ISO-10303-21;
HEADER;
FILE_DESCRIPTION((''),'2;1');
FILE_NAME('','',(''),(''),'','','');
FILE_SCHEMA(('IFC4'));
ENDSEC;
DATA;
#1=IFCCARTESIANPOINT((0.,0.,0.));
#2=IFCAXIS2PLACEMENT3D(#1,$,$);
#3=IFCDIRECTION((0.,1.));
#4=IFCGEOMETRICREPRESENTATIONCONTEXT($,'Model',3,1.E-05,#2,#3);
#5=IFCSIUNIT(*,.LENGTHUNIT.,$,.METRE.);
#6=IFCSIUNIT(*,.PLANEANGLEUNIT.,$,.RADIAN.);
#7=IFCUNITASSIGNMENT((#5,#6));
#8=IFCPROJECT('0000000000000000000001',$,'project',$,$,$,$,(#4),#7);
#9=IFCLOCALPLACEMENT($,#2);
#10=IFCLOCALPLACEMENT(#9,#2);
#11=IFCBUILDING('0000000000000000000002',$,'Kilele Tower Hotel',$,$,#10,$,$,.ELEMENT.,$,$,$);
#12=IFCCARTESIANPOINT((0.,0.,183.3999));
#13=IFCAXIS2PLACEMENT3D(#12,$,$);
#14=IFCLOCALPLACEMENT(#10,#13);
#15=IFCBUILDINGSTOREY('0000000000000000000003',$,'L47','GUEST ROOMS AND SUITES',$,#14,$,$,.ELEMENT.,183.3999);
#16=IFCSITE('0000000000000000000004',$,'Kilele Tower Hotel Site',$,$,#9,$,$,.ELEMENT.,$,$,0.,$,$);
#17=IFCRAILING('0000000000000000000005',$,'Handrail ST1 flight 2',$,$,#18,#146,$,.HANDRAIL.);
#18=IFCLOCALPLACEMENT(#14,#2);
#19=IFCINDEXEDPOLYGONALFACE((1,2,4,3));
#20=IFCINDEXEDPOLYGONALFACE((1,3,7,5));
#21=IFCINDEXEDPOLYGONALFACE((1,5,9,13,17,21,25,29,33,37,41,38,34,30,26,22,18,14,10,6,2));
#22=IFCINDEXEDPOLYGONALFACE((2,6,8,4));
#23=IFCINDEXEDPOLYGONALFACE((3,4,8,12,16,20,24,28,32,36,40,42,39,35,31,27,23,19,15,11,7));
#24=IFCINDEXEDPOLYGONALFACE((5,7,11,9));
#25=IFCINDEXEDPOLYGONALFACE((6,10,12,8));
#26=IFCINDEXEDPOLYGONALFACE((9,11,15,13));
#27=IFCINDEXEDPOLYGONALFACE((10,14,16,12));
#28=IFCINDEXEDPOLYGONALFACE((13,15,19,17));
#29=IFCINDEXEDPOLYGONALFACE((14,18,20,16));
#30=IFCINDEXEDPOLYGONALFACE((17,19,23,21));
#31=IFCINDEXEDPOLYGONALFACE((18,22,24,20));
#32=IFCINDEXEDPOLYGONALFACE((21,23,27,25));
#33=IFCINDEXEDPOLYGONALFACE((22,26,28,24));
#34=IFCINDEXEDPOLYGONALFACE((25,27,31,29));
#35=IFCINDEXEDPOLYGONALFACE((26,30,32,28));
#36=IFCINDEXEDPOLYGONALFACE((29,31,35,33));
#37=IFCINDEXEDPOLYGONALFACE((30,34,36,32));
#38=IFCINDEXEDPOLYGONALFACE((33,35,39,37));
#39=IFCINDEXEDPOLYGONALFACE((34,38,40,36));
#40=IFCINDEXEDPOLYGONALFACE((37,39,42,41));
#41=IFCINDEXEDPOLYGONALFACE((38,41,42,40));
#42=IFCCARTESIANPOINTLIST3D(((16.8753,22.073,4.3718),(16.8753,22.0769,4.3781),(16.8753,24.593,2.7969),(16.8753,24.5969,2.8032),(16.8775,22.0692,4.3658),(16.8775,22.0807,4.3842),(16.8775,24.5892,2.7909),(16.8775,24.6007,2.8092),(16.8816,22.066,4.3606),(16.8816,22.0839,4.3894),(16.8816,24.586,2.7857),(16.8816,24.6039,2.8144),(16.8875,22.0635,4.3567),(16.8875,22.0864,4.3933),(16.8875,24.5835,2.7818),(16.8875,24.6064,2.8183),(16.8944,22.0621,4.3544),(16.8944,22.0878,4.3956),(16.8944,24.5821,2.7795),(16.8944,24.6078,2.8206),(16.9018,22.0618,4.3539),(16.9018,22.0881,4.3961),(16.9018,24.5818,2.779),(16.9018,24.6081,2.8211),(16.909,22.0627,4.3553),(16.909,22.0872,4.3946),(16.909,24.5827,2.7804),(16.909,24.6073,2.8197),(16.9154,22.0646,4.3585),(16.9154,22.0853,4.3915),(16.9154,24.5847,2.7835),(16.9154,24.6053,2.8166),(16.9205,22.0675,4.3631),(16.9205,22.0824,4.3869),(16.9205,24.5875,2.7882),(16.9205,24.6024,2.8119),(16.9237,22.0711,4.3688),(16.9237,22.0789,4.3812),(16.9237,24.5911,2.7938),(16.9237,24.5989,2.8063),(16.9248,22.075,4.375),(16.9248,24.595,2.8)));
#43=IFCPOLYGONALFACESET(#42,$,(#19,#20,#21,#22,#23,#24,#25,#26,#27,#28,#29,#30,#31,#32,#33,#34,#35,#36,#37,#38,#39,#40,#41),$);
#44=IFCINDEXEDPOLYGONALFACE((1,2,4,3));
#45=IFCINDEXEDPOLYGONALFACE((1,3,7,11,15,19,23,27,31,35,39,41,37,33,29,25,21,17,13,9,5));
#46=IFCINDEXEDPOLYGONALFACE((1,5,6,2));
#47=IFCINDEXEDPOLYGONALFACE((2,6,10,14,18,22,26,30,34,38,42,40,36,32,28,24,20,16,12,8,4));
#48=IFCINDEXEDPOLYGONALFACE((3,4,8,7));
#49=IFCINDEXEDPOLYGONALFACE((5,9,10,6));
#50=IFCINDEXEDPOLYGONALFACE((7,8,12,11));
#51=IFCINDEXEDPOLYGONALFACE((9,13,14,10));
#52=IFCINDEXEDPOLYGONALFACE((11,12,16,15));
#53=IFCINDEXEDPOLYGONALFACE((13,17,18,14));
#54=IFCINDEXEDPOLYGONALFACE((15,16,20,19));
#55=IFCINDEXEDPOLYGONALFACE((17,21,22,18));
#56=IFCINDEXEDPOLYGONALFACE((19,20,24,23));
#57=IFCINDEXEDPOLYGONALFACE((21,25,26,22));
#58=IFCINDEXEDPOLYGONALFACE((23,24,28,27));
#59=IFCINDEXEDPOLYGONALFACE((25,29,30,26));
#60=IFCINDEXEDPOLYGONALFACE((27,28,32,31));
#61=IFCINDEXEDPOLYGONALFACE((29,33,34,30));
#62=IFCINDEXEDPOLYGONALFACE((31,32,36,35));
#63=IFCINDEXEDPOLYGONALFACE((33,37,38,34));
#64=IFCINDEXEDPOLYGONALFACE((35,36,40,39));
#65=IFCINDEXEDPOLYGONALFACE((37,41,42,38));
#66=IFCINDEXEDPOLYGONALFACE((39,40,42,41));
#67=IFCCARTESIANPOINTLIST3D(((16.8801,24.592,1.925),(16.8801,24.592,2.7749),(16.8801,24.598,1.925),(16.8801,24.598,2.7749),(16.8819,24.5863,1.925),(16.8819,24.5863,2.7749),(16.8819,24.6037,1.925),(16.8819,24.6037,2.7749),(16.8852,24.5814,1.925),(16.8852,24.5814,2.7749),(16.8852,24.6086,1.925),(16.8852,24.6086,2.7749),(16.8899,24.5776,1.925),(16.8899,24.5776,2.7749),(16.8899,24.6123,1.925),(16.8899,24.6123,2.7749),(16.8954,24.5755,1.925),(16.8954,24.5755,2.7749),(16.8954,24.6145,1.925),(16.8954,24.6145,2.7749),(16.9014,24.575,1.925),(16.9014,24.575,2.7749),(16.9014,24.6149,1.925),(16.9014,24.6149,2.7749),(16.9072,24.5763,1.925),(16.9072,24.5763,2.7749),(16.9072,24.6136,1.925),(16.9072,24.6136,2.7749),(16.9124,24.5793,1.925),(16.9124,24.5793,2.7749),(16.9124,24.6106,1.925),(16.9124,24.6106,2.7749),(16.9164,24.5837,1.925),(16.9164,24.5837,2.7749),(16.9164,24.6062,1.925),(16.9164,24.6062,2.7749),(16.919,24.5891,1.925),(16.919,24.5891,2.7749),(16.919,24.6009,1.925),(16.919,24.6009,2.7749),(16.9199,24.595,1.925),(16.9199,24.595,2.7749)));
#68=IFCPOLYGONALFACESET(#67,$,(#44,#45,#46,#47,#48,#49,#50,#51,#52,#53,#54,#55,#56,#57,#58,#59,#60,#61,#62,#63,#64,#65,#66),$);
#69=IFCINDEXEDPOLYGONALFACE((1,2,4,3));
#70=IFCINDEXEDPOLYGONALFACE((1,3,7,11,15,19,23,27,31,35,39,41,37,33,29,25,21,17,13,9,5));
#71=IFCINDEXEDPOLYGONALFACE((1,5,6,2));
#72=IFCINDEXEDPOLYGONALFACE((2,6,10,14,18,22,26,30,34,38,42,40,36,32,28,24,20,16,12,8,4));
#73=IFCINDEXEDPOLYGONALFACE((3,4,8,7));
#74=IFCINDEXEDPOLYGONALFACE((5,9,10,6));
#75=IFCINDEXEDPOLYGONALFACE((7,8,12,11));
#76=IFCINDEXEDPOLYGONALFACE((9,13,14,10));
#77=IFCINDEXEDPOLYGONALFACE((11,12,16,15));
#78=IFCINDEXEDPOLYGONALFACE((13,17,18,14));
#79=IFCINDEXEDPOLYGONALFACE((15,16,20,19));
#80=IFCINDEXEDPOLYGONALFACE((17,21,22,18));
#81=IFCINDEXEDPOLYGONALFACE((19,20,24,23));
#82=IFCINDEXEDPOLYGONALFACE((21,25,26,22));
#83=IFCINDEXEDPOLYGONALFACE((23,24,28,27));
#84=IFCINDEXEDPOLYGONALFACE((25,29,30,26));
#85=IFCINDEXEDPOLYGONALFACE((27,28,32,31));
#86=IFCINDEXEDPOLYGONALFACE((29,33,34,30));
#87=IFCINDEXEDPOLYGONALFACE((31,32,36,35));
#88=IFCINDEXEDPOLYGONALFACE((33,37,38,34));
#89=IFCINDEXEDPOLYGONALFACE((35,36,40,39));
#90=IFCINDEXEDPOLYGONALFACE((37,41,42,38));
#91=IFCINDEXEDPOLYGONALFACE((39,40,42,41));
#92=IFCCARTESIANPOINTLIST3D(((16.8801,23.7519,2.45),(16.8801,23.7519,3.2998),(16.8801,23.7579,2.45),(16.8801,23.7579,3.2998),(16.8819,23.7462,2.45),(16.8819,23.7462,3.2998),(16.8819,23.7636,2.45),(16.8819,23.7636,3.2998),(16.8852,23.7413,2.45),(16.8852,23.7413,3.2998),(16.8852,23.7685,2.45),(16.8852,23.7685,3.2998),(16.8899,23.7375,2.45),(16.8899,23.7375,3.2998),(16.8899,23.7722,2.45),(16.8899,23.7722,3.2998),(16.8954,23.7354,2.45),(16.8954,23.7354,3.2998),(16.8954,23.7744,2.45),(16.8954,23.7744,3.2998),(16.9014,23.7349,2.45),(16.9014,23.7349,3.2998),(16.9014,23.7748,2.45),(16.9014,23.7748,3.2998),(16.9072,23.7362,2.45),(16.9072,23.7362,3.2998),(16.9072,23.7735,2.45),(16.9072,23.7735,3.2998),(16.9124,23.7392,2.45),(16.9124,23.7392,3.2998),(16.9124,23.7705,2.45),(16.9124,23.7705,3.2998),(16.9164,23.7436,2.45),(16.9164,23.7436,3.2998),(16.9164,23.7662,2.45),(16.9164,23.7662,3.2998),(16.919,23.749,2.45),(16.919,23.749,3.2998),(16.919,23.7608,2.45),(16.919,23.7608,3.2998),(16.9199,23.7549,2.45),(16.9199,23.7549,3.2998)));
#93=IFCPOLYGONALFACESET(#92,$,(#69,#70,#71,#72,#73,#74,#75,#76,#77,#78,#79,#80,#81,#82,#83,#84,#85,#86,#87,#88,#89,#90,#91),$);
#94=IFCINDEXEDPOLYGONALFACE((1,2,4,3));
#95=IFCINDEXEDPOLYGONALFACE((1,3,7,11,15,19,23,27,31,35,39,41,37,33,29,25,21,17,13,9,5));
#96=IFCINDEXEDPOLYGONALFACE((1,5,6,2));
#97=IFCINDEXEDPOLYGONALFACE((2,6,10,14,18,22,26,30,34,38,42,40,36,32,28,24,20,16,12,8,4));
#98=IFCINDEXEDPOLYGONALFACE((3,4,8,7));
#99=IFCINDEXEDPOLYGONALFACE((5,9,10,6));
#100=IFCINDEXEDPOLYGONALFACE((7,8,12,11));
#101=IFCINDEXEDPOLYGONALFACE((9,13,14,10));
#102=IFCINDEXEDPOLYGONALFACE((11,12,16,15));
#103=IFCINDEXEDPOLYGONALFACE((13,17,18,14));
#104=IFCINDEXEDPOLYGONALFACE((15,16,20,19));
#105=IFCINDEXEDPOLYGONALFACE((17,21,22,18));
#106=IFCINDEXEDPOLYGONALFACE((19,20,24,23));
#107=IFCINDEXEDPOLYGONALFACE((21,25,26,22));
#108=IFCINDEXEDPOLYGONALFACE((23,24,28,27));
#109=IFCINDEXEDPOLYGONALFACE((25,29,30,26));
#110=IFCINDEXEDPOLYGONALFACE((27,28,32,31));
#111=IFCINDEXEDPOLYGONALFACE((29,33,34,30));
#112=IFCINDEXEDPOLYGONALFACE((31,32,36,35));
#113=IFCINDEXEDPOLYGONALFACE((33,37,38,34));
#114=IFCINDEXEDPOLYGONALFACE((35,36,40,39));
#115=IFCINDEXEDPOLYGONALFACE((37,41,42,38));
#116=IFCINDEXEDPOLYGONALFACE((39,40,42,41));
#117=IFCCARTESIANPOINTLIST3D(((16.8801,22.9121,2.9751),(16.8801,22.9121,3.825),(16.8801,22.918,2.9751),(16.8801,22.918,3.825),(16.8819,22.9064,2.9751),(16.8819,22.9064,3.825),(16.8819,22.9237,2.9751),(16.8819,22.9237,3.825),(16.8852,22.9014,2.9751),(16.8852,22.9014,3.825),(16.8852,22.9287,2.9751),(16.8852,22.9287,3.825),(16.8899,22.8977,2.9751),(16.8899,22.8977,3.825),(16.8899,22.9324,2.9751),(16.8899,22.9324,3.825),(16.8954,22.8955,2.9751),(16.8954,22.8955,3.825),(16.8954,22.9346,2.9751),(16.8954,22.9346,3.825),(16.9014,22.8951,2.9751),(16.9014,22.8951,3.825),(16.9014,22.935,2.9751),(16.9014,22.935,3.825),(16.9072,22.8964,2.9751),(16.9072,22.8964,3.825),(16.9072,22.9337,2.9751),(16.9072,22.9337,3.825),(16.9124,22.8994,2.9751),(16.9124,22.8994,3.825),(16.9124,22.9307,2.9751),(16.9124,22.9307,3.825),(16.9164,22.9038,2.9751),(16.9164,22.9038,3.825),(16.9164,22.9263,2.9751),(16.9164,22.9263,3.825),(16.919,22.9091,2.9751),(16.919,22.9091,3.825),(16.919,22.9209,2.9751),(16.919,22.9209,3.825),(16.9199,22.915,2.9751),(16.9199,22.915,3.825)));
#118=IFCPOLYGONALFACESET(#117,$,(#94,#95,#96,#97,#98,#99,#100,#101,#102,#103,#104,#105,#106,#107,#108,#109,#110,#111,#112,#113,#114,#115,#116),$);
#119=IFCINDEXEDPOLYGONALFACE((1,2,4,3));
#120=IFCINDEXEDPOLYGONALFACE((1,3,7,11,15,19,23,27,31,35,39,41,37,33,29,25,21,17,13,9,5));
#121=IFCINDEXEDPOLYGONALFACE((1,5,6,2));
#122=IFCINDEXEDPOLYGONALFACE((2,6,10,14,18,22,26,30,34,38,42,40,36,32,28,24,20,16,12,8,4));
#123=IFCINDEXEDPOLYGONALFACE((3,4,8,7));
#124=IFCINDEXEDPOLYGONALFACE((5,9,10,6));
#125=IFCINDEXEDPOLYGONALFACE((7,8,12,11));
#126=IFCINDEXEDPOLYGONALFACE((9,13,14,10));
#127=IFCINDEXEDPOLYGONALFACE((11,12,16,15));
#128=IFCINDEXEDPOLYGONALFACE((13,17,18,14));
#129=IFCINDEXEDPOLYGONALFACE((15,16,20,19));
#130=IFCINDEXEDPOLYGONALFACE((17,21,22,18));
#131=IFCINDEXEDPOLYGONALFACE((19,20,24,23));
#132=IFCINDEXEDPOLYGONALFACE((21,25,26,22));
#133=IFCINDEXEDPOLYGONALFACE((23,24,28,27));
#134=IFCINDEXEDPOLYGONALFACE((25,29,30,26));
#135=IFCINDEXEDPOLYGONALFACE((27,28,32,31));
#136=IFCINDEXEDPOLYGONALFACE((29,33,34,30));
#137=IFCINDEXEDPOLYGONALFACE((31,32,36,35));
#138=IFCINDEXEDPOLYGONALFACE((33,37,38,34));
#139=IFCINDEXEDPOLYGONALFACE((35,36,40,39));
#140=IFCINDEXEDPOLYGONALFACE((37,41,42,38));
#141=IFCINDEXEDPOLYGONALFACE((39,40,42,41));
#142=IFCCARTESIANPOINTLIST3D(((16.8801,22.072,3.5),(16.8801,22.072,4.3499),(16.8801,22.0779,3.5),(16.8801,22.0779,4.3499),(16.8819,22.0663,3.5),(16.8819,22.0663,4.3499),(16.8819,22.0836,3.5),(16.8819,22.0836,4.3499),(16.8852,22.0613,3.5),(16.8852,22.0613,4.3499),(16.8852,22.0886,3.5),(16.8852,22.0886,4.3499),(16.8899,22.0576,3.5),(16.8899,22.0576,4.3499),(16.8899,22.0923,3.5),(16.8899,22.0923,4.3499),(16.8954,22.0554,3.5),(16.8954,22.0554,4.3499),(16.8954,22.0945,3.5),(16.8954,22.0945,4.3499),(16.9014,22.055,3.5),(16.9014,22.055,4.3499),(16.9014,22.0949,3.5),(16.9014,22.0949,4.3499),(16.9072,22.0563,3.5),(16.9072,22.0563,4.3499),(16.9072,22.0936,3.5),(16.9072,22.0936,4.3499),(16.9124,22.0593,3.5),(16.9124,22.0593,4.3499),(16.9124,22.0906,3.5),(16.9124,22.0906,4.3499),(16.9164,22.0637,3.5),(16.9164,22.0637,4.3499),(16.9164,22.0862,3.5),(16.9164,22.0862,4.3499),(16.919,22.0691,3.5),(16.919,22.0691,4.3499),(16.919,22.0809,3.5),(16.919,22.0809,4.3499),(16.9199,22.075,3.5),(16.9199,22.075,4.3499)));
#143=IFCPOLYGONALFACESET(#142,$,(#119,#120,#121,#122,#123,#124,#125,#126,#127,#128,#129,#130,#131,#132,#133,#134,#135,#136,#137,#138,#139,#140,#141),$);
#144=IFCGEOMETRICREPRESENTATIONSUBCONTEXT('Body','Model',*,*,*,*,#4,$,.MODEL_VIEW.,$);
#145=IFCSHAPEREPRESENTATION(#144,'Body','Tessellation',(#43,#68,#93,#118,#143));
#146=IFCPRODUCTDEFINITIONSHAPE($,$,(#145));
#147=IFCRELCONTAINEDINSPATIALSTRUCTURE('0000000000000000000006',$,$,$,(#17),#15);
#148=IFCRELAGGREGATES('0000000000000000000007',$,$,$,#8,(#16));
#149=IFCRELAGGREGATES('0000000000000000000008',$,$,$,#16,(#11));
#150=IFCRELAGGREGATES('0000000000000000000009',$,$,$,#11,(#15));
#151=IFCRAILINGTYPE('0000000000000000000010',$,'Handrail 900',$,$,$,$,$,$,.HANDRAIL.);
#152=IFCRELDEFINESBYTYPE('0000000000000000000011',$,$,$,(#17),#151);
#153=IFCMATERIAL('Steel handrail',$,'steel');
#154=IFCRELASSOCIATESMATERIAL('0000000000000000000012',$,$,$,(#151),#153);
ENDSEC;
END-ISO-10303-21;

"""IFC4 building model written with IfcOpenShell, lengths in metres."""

from ifc_helpers import new_model, si_unit, direction, frame, origin, origin_2d, place, context, subcontext, project, spatial, circle, extrude, material, type_object, element, save


model = new_model("IFC4")

# Units and contexts
model_context = context("Model", 3, precision=1e-05, world=origin(), true_north=direction((0.0, 1.0)))
body_context = subcontext(model_context, "Body", "Model", "MODEL_VIEW")
ifc_project = project(units=[si_unit("LENGTHUNIT", "METRE"), si_unit("PLANEANGLEUNIT", "RADIAN")], contexts=[model_context])

# Site, building, storey
site_placement = place(None, origin())
site = spatial("IfcSite", under=ifc_project, at=site_placement, Name="Kilele Tower Hotel Site", CompositionType="ELEMENT", RefElevation=0.0)
building_placement = place(site_placement, origin())
building = spatial("IfcBuilding", under=site, at=building_placement, Name="Kilele Tower Hotel", CompositionType="ELEMENT")
storey_placement = place(building_placement, frame((0.0, 0.0, 183.3999)))
storey = spatial("IfcBuildingStorey", under=building, at=storey_placement, Name="L47", Description="GUEST ROOMS AND SUITES", CompositionType="ELEMENT", Elevation=183.3999)

# Railing
ifc_material_1 = material(Name="Steel handrail", Category="steel")
railing_type_1 = type_object("IfcRailingType", Name="Handrail 900", PredefinedType="HANDRAIL", material=ifc_material_1)
for number, where, name in (
    (1, (16.8999, 24.595, 1.925), "Handrail ST1 flight 2"),
):
    element("IfcRailing", number, at=place(storey_placement, frame(where)), inside=storey, type_object=railing_type_1, Name=name, PredefinedType="HANDRAIL", context=body_context, shape_type="SweptSolid", body=[
        extrude(circle(Radius=0.0249, at=origin_2d()), frame((0.0, 0.0, 0.875), z_axis=(0.0, -0.848008, 0.529984), x_axis=(1.0, 0.0, 0.0)), (0.0, 0.0, 1.0), 2.9717),
        extrude(circle(Radius=0.02, at=origin_2d()), origin(), (0.0, 0.0, 1.0), 0.8499),
        extrude(circle(Radius=0.02, at=origin_2d()), frame((0.0, -0.8401, 0.5249)), (0.0, 0.0, 1.0), 0.8499),
        extrude(circle(Radius=0.02, at=origin_2d()), frame((0.0, -1.6799, 1.05)), (0.0, 0.0, 1.0), 0.8499),
        extrude(circle(Radius=0.02, at=origin_2d()), frame((0.0, -2.52, 1.575)), (0.0, 0.0, 1.0), 0.8499),
    ])

save(model, "model.ifc")
